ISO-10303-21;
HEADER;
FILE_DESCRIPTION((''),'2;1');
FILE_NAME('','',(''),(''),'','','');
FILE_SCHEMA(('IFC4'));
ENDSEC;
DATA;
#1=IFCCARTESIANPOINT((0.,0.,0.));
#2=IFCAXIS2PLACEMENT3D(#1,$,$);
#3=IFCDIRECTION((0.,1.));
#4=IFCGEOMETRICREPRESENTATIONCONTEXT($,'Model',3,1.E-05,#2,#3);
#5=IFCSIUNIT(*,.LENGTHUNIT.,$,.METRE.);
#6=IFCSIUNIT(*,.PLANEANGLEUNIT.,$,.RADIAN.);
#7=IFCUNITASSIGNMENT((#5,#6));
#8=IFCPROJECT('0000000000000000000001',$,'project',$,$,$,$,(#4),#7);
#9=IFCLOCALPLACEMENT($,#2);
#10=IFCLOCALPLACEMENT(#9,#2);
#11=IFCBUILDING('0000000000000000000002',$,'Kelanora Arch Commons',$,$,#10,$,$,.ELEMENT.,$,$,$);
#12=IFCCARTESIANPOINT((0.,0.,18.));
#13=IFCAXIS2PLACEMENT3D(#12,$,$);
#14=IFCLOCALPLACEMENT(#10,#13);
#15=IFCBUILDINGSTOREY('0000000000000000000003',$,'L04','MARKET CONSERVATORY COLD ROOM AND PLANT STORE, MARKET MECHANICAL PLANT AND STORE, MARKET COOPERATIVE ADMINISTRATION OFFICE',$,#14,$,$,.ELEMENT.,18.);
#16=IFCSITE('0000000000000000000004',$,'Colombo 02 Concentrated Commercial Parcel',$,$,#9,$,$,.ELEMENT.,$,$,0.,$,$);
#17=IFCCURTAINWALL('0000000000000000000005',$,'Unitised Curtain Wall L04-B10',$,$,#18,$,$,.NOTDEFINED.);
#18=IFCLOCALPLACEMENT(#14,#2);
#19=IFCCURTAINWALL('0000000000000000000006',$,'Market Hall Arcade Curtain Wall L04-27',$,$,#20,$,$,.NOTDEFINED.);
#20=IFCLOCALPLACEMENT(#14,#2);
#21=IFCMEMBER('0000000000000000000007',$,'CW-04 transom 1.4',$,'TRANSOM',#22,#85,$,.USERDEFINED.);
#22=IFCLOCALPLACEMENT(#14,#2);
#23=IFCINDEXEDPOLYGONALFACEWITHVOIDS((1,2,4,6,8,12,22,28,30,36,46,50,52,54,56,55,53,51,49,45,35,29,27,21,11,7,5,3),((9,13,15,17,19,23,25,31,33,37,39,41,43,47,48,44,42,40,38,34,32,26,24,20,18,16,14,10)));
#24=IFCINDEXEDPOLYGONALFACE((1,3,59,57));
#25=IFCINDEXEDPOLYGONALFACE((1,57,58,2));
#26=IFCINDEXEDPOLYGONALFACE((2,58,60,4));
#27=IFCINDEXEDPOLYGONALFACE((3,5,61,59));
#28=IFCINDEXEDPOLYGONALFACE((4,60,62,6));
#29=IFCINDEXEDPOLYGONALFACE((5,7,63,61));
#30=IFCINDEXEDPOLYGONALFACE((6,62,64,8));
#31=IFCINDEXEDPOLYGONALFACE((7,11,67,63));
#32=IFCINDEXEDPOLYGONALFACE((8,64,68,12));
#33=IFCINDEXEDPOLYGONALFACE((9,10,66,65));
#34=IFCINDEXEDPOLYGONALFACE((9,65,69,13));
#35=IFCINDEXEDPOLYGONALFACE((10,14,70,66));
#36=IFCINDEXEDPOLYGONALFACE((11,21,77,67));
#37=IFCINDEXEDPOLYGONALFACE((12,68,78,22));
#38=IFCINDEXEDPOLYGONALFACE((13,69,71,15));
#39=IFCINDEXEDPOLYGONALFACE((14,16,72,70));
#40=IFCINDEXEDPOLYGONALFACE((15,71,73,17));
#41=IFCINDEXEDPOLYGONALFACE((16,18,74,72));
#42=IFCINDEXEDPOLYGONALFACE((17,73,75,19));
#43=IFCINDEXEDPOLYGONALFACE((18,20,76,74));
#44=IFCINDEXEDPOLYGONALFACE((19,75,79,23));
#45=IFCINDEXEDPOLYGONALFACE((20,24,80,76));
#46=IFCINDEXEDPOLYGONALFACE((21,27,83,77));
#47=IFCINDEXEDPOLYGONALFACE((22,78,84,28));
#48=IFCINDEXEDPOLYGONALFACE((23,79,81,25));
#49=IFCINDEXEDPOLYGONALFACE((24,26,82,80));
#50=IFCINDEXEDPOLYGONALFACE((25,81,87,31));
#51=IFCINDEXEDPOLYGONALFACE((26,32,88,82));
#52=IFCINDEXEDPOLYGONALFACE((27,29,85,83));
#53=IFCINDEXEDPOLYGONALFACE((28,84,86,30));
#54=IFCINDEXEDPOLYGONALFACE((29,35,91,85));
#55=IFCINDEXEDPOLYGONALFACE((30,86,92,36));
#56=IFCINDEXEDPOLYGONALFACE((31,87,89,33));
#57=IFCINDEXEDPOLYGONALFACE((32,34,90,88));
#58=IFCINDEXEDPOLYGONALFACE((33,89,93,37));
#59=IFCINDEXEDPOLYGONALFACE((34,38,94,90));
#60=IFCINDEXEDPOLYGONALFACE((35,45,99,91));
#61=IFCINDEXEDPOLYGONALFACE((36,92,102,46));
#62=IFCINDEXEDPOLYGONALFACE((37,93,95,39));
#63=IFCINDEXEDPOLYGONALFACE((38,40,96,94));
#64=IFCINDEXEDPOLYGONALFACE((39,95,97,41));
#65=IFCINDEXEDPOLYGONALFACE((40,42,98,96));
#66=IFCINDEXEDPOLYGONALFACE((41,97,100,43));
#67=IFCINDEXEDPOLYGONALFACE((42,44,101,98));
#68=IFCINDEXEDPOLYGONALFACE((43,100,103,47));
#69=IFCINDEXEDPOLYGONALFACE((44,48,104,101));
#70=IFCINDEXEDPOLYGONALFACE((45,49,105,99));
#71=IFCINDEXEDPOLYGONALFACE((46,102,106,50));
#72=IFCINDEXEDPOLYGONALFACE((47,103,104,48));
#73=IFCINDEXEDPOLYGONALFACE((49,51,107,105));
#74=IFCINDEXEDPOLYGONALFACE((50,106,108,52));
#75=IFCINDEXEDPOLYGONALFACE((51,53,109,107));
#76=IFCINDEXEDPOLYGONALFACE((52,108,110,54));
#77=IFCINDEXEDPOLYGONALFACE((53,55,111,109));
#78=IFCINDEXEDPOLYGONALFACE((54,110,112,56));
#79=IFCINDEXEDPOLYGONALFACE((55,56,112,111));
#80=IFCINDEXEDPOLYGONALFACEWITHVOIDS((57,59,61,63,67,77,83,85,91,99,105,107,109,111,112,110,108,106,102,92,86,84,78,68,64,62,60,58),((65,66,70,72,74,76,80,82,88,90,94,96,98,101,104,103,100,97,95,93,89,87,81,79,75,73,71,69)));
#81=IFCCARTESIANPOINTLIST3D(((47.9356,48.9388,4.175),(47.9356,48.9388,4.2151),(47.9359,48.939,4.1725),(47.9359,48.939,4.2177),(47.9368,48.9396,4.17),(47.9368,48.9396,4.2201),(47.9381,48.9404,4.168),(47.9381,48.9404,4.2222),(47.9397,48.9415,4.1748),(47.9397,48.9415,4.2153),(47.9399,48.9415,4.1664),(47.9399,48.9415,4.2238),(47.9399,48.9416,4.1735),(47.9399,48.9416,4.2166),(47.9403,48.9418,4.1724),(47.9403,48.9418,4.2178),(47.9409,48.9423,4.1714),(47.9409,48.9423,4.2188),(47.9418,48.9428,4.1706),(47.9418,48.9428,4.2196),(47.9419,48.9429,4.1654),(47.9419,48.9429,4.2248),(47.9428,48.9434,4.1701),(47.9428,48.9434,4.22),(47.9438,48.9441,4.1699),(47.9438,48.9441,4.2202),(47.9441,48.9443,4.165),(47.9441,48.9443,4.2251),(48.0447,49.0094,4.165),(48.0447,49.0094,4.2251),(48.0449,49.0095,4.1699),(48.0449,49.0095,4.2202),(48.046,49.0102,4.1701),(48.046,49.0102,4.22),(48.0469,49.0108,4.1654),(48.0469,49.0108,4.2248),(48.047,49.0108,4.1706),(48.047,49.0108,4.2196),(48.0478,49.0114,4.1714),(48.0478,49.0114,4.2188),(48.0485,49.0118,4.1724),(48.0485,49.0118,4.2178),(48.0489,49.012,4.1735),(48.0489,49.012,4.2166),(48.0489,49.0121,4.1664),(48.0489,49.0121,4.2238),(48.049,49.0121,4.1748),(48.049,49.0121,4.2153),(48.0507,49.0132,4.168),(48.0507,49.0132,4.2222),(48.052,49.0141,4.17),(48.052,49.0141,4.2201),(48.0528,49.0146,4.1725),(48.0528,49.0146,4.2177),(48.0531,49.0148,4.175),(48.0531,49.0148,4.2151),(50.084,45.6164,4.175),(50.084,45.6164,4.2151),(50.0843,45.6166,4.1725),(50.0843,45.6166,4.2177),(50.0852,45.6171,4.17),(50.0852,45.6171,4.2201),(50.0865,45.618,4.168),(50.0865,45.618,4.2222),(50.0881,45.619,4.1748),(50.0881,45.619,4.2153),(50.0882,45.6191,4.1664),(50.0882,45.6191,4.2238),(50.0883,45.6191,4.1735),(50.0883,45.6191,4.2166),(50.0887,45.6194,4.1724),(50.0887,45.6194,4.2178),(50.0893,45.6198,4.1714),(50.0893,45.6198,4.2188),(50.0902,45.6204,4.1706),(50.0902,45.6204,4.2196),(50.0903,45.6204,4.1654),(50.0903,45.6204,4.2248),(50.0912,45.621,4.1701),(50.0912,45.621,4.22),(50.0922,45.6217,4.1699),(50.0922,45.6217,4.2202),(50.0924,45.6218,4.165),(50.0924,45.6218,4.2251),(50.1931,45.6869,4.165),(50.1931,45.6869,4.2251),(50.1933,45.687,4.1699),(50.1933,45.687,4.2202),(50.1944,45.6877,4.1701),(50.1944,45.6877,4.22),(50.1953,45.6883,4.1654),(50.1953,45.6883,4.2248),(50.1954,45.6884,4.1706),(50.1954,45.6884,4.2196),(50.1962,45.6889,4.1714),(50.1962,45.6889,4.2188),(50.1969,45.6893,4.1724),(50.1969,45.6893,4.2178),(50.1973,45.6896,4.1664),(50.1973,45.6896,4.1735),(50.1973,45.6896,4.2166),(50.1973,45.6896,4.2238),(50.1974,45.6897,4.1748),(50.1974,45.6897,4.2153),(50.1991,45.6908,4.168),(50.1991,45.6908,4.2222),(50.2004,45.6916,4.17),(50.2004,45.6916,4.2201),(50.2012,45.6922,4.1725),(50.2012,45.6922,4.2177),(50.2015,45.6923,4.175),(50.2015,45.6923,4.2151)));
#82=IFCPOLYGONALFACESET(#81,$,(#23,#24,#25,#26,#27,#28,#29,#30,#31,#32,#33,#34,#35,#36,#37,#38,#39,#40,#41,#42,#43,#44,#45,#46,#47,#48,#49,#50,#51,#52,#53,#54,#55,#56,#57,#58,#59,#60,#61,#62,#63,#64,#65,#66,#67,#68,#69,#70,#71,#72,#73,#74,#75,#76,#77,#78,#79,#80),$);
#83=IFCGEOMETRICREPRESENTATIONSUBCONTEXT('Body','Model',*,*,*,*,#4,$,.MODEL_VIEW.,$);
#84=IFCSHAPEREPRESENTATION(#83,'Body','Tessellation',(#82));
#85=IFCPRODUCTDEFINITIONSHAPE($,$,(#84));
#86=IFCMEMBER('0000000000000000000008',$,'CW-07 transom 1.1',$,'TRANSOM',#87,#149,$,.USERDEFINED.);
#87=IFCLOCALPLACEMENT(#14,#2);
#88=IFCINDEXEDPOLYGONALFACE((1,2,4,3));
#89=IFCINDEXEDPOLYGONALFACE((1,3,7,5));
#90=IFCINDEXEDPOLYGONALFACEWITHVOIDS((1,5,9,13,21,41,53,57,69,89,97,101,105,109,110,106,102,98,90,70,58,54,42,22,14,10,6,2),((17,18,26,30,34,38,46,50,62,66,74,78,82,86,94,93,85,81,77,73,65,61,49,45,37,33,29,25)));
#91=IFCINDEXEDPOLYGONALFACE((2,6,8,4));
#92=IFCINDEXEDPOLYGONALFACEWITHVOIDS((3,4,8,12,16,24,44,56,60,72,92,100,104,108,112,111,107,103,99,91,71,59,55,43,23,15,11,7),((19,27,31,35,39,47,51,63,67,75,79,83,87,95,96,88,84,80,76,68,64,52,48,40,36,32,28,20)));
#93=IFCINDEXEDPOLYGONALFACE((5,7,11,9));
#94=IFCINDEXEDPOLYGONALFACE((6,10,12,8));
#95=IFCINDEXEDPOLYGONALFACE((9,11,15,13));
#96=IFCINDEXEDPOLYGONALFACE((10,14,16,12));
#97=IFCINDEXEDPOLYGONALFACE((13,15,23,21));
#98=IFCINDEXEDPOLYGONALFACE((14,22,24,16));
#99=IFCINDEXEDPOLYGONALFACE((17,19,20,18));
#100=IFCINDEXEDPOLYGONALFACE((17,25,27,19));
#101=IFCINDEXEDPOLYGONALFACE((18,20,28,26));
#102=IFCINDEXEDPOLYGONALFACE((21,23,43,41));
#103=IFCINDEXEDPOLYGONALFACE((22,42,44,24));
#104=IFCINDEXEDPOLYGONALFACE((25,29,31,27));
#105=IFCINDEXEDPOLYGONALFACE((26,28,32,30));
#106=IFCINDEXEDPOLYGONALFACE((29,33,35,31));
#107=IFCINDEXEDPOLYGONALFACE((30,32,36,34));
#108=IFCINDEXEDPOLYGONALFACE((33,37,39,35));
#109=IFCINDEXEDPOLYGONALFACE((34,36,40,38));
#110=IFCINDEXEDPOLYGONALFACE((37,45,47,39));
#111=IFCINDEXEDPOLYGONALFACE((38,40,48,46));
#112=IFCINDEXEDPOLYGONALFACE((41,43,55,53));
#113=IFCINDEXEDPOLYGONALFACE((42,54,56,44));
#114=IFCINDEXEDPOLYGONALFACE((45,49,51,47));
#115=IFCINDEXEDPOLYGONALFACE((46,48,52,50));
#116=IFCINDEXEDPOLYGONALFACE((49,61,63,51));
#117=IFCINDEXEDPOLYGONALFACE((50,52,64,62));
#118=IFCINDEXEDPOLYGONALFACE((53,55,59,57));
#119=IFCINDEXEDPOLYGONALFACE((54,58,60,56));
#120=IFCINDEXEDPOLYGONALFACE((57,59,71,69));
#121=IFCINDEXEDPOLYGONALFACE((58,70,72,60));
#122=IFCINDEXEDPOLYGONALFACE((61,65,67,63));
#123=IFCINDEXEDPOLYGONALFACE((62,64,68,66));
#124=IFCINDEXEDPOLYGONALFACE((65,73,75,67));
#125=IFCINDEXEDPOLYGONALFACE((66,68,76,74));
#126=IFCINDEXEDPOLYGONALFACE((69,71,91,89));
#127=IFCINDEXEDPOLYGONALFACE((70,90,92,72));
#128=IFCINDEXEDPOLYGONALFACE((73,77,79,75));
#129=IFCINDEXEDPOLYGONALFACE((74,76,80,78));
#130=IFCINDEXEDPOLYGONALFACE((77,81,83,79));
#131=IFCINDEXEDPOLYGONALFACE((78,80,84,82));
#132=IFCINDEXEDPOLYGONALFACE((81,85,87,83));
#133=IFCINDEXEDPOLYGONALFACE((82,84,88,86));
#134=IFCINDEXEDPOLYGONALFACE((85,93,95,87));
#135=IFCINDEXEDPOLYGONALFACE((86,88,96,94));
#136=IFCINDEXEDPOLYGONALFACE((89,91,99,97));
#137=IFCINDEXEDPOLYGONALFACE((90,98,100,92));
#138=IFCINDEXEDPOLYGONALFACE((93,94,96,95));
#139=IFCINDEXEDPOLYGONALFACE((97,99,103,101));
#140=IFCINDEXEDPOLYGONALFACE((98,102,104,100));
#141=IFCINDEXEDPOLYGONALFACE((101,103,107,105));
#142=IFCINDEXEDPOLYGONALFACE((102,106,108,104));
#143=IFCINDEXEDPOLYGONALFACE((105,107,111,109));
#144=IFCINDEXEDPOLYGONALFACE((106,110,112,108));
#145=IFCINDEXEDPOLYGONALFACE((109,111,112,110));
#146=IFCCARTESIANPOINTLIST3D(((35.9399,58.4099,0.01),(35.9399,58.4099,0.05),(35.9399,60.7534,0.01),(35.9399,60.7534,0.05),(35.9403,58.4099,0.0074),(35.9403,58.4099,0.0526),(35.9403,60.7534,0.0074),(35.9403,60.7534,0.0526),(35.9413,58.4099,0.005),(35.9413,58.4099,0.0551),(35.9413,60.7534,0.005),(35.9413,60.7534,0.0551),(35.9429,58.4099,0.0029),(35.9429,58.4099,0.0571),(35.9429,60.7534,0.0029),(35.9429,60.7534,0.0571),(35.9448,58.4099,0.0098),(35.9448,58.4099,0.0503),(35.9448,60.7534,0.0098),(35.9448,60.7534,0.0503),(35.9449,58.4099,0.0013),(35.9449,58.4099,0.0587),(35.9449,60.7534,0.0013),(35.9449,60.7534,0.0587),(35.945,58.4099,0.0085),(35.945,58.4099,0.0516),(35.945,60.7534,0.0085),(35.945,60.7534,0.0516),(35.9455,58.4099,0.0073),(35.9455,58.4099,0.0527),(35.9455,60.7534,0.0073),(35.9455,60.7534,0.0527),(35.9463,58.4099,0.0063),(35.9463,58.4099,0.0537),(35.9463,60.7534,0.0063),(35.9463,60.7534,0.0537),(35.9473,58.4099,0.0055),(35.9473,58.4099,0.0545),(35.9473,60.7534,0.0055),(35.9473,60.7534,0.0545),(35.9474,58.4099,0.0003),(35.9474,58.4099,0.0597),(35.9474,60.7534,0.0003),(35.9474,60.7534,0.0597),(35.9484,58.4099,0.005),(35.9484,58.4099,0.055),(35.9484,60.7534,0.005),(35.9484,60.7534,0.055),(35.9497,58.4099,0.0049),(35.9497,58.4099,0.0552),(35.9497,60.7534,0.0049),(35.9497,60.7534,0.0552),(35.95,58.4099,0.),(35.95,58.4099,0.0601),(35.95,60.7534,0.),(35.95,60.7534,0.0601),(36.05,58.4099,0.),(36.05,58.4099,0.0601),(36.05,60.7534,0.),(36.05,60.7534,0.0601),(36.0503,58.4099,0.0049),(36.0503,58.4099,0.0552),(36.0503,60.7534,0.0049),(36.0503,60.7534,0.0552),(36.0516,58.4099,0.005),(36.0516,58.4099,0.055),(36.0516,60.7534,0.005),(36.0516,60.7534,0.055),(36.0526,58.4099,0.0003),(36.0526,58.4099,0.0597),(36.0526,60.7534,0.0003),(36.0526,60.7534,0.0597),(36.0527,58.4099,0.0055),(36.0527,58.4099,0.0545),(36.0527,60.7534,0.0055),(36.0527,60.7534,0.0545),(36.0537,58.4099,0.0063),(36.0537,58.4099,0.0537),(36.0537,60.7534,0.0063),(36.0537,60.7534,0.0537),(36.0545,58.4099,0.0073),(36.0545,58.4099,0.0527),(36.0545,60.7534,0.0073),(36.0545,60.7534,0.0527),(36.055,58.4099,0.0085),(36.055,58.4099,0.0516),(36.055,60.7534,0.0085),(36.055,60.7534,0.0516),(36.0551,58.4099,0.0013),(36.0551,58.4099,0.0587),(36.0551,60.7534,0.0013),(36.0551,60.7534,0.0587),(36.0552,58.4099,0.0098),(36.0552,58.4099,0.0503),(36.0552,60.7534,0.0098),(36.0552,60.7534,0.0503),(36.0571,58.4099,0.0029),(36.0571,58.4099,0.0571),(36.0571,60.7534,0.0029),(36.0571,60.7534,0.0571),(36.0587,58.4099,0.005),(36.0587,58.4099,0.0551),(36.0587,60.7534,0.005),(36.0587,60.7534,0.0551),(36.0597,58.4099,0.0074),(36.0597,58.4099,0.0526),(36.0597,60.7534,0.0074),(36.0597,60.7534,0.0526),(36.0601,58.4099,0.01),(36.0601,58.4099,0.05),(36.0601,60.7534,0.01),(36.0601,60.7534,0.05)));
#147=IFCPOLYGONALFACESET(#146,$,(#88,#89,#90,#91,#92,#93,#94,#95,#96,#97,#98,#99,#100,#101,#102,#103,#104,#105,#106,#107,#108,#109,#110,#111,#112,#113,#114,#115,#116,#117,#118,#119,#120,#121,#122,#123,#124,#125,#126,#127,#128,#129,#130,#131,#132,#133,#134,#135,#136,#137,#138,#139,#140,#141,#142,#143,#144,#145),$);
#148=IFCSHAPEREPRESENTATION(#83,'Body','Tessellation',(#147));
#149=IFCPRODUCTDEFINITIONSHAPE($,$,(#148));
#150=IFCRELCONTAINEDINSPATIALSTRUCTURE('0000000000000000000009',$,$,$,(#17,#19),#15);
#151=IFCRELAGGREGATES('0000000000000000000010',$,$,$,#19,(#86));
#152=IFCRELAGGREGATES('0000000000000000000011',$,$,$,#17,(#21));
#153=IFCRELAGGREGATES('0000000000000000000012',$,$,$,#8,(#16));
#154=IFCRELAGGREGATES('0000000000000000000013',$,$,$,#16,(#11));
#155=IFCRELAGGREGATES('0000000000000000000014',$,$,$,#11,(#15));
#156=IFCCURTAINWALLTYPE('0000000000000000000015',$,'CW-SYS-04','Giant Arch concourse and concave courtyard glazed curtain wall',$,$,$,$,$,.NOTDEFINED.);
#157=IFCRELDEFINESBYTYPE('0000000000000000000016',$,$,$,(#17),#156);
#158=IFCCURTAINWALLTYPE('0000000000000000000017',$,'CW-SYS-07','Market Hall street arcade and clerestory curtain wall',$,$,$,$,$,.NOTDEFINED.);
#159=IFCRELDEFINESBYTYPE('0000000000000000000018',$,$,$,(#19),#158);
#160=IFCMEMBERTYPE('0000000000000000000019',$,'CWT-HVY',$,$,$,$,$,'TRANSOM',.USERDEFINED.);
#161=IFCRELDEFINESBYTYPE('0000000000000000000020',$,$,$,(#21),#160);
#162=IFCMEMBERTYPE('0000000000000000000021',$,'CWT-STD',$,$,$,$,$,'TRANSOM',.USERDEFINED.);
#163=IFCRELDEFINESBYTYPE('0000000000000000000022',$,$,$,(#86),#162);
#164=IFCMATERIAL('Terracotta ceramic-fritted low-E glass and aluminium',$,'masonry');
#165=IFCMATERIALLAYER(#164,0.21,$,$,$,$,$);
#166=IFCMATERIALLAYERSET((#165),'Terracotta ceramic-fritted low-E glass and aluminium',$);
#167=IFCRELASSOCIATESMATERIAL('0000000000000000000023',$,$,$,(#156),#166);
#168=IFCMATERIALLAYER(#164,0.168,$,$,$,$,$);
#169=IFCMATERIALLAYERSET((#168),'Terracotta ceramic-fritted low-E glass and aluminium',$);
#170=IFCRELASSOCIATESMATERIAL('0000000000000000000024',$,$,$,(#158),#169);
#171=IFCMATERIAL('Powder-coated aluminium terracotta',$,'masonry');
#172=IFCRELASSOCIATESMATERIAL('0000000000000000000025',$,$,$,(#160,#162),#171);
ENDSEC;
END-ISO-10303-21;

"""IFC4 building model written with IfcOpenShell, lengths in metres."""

from ifc_helpers import new_model, si_unit, direction, frame, origin, origin_2d, place, context, subcontext, project, spatial, hollow_rectangle, extrude, material, layer, layer_set, material_profile, profile_set, type_object, element, aggregate, save


model = new_model("IFC4")

# Units and contexts
model_context = context("Model", 3, precision=1e-05, world=origin(), true_north=direction((0.0, 1.0)))
body_context = subcontext(model_context, "Body", "Model", "MODEL_VIEW")
ifc_project = project(units=[si_unit("LENGTHUNIT", "METRE"), si_unit("PLANEANGLEUNIT", "RADIAN")], contexts=[model_context])

# Site, building, storey
site_placement = place(None, origin())
site = spatial("IfcSite", under=ifc_project, at=site_placement, Name="Colombo 02 Concentrated Commercial Parcel", CompositionType="ELEMENT", RefElevation=0.0)
building_placement = place(site_placement, origin())
building = spatial("IfcBuilding", under=site, at=building_placement, Name="Kelanora Arch Commons", CompositionType="ELEMENT")
storey_placement = place(building_placement, frame((0.0, 0.0, 18.0)))
storey = spatial("IfcBuildingStorey", under=building, at=storey_placement, Name="L04", Description="MARKET CONSERVATORY COLD ROOM AND PLANT STORE, MARKET MECHANICAL PLANT AND STORE, MARKET COOPERATIVE ADMINISTRATION OFFICE", CompositionType="ELEMENT", Elevation=18.0)

# Curtain walls
ifc_material_1 = material(Name="Terracotta ceramic-fritted low-E glass and aluminium", Category="masonry")
ifc_layer_1 = layer(ifc_material_1, 0.21)
ifc_layer_set_1 = layer_set([ifc_layer_1], Name="Terracotta ceramic-fritted low-E glass and aluminium")
curtain_wall_type_1 = type_object("IfcCurtainWallType", Name="CW-SYS-04", Description="Giant Arch concourse and concave courtyard glazed curtain wall", PredefinedType="NOTDEFINED", material=ifc_layer_set_1)
ifc_material_2 = material(Name="Powder-coated aluminium terracotta", Category="masonry")
curtain_wall_1_placement = place(storey_placement, origin())
curtain_wall_1 = element("IfcCurtainWall", 1, at=curtain_wall_1_placement, inside=storey, type_object=curtain_wall_type_1, Name="Unitised Curtain Wall L04-B10", PredefinedType="NOTDEFINED")
ifc_layer_2 = layer(ifc_material_1, 0.168)
ifc_layer_set_2 = layer_set([ifc_layer_2], Name="Terracotta ceramic-fritted low-E glass and aluminium")
curtain_wall_type_2 = type_object("IfcCurtainWallType", Name="CW-SYS-07", Description="Market Hall street arcade and clerestory curtain wall", PredefinedType="NOTDEFINED", material=ifc_layer_set_2)
curtain_wall_2_placement = place(storey_placement, origin())
curtain_wall_2 = element("IfcCurtainWall", 2, at=curtain_wall_2_placement, inside=storey, type_object=curtain_wall_type_2, Name="Market Hall Arcade Curtain Wall L04-27", PredefinedType="NOTDEFINED")

# Members
ifc_material_profile_1 = material_profile(ifc_material_2, hollow_rectangle(XDim=0.1399, YDim=0.0601, WallThickness=0.0049, InnerFilletRadius=0.0049, OuterFilletRadius=0.01, at=origin_2d()), Name="CWT140x60")
ifc_profile_set_1 = profile_set([ifc_material_profile_1], Name="Powder-coated aluminium terracotta")
member_type_1 = type_object("IfcMemberType", Name="CWT-HVY", ElementType="TRANSOM", PredefinedType="USERDEFINED", material=ifc_profile_set_1)
member_1_placement = place(storey_placement, frame((47.9944, 48.9768, 4.1951), z_axis=(0.542998, -0.839734, 0.0), x_axis=(0.839734, 0.542998, 0.0)))
member_1 = element("IfcMember", 3, at=member_1_placement, type_object=member_type_1, Name="CW-04 transom 1.4", ObjectType="TRANSOM", PredefinedType="USERDEFINED", context=body_context, shape_type="SweptSolid", body=[
    extrude(hollow_rectangle(XDim=0.1399, YDim=0.0601, WallThickness=0.0049, InnerFilletRadius=0.0049, OuterFilletRadius=0.01, at=origin_2d()), origin(), (0.0, 0.0, 1.0), 3.9565),
])
ifc_material_profile_2 = material_profile(ifc_material_2, hollow_rectangle(XDim=0.1201, YDim=0.0601, WallThickness=0.0049, InnerFilletRadius=0.0049, OuterFilletRadius=0.01, at=origin_2d()), Name="CWT120x60")
ifc_profile_set_2 = profile_set([ifc_material_profile_2], Name="Powder-coated aluminium terracotta")
member_type_2 = type_object("IfcMemberType", Name="CWT-STD", ElementType="TRANSOM", PredefinedType="USERDEFINED", material=ifc_profile_set_2)
member_2_placement = place(storey_placement, frame((36.0, 58.4099, 0.03), z_axis=(0.0, 1.0, 0.0), x_axis=(-1.0, 0.0, 0.0)))
member_2 = element("IfcMember", 4, at=member_2_placement, type_object=member_type_2, Name="CW-07 transom 1.1", ObjectType="TRANSOM", PredefinedType="USERDEFINED", context=body_context, shape_type="SweptSolid", body=[
    extrude(hollow_rectangle(XDim=0.1201, YDim=0.0601, WallThickness=0.0049, InnerFilletRadius=0.0049, OuterFilletRadius=0.01, at=origin_2d()), origin(), (0.0, 0.0, 1.0), 2.3435),
])
aggregate(curtain_wall_2, [member_2])

aggregate(curtain_wall_1, [member_1])

save(model, "model.ifc")
